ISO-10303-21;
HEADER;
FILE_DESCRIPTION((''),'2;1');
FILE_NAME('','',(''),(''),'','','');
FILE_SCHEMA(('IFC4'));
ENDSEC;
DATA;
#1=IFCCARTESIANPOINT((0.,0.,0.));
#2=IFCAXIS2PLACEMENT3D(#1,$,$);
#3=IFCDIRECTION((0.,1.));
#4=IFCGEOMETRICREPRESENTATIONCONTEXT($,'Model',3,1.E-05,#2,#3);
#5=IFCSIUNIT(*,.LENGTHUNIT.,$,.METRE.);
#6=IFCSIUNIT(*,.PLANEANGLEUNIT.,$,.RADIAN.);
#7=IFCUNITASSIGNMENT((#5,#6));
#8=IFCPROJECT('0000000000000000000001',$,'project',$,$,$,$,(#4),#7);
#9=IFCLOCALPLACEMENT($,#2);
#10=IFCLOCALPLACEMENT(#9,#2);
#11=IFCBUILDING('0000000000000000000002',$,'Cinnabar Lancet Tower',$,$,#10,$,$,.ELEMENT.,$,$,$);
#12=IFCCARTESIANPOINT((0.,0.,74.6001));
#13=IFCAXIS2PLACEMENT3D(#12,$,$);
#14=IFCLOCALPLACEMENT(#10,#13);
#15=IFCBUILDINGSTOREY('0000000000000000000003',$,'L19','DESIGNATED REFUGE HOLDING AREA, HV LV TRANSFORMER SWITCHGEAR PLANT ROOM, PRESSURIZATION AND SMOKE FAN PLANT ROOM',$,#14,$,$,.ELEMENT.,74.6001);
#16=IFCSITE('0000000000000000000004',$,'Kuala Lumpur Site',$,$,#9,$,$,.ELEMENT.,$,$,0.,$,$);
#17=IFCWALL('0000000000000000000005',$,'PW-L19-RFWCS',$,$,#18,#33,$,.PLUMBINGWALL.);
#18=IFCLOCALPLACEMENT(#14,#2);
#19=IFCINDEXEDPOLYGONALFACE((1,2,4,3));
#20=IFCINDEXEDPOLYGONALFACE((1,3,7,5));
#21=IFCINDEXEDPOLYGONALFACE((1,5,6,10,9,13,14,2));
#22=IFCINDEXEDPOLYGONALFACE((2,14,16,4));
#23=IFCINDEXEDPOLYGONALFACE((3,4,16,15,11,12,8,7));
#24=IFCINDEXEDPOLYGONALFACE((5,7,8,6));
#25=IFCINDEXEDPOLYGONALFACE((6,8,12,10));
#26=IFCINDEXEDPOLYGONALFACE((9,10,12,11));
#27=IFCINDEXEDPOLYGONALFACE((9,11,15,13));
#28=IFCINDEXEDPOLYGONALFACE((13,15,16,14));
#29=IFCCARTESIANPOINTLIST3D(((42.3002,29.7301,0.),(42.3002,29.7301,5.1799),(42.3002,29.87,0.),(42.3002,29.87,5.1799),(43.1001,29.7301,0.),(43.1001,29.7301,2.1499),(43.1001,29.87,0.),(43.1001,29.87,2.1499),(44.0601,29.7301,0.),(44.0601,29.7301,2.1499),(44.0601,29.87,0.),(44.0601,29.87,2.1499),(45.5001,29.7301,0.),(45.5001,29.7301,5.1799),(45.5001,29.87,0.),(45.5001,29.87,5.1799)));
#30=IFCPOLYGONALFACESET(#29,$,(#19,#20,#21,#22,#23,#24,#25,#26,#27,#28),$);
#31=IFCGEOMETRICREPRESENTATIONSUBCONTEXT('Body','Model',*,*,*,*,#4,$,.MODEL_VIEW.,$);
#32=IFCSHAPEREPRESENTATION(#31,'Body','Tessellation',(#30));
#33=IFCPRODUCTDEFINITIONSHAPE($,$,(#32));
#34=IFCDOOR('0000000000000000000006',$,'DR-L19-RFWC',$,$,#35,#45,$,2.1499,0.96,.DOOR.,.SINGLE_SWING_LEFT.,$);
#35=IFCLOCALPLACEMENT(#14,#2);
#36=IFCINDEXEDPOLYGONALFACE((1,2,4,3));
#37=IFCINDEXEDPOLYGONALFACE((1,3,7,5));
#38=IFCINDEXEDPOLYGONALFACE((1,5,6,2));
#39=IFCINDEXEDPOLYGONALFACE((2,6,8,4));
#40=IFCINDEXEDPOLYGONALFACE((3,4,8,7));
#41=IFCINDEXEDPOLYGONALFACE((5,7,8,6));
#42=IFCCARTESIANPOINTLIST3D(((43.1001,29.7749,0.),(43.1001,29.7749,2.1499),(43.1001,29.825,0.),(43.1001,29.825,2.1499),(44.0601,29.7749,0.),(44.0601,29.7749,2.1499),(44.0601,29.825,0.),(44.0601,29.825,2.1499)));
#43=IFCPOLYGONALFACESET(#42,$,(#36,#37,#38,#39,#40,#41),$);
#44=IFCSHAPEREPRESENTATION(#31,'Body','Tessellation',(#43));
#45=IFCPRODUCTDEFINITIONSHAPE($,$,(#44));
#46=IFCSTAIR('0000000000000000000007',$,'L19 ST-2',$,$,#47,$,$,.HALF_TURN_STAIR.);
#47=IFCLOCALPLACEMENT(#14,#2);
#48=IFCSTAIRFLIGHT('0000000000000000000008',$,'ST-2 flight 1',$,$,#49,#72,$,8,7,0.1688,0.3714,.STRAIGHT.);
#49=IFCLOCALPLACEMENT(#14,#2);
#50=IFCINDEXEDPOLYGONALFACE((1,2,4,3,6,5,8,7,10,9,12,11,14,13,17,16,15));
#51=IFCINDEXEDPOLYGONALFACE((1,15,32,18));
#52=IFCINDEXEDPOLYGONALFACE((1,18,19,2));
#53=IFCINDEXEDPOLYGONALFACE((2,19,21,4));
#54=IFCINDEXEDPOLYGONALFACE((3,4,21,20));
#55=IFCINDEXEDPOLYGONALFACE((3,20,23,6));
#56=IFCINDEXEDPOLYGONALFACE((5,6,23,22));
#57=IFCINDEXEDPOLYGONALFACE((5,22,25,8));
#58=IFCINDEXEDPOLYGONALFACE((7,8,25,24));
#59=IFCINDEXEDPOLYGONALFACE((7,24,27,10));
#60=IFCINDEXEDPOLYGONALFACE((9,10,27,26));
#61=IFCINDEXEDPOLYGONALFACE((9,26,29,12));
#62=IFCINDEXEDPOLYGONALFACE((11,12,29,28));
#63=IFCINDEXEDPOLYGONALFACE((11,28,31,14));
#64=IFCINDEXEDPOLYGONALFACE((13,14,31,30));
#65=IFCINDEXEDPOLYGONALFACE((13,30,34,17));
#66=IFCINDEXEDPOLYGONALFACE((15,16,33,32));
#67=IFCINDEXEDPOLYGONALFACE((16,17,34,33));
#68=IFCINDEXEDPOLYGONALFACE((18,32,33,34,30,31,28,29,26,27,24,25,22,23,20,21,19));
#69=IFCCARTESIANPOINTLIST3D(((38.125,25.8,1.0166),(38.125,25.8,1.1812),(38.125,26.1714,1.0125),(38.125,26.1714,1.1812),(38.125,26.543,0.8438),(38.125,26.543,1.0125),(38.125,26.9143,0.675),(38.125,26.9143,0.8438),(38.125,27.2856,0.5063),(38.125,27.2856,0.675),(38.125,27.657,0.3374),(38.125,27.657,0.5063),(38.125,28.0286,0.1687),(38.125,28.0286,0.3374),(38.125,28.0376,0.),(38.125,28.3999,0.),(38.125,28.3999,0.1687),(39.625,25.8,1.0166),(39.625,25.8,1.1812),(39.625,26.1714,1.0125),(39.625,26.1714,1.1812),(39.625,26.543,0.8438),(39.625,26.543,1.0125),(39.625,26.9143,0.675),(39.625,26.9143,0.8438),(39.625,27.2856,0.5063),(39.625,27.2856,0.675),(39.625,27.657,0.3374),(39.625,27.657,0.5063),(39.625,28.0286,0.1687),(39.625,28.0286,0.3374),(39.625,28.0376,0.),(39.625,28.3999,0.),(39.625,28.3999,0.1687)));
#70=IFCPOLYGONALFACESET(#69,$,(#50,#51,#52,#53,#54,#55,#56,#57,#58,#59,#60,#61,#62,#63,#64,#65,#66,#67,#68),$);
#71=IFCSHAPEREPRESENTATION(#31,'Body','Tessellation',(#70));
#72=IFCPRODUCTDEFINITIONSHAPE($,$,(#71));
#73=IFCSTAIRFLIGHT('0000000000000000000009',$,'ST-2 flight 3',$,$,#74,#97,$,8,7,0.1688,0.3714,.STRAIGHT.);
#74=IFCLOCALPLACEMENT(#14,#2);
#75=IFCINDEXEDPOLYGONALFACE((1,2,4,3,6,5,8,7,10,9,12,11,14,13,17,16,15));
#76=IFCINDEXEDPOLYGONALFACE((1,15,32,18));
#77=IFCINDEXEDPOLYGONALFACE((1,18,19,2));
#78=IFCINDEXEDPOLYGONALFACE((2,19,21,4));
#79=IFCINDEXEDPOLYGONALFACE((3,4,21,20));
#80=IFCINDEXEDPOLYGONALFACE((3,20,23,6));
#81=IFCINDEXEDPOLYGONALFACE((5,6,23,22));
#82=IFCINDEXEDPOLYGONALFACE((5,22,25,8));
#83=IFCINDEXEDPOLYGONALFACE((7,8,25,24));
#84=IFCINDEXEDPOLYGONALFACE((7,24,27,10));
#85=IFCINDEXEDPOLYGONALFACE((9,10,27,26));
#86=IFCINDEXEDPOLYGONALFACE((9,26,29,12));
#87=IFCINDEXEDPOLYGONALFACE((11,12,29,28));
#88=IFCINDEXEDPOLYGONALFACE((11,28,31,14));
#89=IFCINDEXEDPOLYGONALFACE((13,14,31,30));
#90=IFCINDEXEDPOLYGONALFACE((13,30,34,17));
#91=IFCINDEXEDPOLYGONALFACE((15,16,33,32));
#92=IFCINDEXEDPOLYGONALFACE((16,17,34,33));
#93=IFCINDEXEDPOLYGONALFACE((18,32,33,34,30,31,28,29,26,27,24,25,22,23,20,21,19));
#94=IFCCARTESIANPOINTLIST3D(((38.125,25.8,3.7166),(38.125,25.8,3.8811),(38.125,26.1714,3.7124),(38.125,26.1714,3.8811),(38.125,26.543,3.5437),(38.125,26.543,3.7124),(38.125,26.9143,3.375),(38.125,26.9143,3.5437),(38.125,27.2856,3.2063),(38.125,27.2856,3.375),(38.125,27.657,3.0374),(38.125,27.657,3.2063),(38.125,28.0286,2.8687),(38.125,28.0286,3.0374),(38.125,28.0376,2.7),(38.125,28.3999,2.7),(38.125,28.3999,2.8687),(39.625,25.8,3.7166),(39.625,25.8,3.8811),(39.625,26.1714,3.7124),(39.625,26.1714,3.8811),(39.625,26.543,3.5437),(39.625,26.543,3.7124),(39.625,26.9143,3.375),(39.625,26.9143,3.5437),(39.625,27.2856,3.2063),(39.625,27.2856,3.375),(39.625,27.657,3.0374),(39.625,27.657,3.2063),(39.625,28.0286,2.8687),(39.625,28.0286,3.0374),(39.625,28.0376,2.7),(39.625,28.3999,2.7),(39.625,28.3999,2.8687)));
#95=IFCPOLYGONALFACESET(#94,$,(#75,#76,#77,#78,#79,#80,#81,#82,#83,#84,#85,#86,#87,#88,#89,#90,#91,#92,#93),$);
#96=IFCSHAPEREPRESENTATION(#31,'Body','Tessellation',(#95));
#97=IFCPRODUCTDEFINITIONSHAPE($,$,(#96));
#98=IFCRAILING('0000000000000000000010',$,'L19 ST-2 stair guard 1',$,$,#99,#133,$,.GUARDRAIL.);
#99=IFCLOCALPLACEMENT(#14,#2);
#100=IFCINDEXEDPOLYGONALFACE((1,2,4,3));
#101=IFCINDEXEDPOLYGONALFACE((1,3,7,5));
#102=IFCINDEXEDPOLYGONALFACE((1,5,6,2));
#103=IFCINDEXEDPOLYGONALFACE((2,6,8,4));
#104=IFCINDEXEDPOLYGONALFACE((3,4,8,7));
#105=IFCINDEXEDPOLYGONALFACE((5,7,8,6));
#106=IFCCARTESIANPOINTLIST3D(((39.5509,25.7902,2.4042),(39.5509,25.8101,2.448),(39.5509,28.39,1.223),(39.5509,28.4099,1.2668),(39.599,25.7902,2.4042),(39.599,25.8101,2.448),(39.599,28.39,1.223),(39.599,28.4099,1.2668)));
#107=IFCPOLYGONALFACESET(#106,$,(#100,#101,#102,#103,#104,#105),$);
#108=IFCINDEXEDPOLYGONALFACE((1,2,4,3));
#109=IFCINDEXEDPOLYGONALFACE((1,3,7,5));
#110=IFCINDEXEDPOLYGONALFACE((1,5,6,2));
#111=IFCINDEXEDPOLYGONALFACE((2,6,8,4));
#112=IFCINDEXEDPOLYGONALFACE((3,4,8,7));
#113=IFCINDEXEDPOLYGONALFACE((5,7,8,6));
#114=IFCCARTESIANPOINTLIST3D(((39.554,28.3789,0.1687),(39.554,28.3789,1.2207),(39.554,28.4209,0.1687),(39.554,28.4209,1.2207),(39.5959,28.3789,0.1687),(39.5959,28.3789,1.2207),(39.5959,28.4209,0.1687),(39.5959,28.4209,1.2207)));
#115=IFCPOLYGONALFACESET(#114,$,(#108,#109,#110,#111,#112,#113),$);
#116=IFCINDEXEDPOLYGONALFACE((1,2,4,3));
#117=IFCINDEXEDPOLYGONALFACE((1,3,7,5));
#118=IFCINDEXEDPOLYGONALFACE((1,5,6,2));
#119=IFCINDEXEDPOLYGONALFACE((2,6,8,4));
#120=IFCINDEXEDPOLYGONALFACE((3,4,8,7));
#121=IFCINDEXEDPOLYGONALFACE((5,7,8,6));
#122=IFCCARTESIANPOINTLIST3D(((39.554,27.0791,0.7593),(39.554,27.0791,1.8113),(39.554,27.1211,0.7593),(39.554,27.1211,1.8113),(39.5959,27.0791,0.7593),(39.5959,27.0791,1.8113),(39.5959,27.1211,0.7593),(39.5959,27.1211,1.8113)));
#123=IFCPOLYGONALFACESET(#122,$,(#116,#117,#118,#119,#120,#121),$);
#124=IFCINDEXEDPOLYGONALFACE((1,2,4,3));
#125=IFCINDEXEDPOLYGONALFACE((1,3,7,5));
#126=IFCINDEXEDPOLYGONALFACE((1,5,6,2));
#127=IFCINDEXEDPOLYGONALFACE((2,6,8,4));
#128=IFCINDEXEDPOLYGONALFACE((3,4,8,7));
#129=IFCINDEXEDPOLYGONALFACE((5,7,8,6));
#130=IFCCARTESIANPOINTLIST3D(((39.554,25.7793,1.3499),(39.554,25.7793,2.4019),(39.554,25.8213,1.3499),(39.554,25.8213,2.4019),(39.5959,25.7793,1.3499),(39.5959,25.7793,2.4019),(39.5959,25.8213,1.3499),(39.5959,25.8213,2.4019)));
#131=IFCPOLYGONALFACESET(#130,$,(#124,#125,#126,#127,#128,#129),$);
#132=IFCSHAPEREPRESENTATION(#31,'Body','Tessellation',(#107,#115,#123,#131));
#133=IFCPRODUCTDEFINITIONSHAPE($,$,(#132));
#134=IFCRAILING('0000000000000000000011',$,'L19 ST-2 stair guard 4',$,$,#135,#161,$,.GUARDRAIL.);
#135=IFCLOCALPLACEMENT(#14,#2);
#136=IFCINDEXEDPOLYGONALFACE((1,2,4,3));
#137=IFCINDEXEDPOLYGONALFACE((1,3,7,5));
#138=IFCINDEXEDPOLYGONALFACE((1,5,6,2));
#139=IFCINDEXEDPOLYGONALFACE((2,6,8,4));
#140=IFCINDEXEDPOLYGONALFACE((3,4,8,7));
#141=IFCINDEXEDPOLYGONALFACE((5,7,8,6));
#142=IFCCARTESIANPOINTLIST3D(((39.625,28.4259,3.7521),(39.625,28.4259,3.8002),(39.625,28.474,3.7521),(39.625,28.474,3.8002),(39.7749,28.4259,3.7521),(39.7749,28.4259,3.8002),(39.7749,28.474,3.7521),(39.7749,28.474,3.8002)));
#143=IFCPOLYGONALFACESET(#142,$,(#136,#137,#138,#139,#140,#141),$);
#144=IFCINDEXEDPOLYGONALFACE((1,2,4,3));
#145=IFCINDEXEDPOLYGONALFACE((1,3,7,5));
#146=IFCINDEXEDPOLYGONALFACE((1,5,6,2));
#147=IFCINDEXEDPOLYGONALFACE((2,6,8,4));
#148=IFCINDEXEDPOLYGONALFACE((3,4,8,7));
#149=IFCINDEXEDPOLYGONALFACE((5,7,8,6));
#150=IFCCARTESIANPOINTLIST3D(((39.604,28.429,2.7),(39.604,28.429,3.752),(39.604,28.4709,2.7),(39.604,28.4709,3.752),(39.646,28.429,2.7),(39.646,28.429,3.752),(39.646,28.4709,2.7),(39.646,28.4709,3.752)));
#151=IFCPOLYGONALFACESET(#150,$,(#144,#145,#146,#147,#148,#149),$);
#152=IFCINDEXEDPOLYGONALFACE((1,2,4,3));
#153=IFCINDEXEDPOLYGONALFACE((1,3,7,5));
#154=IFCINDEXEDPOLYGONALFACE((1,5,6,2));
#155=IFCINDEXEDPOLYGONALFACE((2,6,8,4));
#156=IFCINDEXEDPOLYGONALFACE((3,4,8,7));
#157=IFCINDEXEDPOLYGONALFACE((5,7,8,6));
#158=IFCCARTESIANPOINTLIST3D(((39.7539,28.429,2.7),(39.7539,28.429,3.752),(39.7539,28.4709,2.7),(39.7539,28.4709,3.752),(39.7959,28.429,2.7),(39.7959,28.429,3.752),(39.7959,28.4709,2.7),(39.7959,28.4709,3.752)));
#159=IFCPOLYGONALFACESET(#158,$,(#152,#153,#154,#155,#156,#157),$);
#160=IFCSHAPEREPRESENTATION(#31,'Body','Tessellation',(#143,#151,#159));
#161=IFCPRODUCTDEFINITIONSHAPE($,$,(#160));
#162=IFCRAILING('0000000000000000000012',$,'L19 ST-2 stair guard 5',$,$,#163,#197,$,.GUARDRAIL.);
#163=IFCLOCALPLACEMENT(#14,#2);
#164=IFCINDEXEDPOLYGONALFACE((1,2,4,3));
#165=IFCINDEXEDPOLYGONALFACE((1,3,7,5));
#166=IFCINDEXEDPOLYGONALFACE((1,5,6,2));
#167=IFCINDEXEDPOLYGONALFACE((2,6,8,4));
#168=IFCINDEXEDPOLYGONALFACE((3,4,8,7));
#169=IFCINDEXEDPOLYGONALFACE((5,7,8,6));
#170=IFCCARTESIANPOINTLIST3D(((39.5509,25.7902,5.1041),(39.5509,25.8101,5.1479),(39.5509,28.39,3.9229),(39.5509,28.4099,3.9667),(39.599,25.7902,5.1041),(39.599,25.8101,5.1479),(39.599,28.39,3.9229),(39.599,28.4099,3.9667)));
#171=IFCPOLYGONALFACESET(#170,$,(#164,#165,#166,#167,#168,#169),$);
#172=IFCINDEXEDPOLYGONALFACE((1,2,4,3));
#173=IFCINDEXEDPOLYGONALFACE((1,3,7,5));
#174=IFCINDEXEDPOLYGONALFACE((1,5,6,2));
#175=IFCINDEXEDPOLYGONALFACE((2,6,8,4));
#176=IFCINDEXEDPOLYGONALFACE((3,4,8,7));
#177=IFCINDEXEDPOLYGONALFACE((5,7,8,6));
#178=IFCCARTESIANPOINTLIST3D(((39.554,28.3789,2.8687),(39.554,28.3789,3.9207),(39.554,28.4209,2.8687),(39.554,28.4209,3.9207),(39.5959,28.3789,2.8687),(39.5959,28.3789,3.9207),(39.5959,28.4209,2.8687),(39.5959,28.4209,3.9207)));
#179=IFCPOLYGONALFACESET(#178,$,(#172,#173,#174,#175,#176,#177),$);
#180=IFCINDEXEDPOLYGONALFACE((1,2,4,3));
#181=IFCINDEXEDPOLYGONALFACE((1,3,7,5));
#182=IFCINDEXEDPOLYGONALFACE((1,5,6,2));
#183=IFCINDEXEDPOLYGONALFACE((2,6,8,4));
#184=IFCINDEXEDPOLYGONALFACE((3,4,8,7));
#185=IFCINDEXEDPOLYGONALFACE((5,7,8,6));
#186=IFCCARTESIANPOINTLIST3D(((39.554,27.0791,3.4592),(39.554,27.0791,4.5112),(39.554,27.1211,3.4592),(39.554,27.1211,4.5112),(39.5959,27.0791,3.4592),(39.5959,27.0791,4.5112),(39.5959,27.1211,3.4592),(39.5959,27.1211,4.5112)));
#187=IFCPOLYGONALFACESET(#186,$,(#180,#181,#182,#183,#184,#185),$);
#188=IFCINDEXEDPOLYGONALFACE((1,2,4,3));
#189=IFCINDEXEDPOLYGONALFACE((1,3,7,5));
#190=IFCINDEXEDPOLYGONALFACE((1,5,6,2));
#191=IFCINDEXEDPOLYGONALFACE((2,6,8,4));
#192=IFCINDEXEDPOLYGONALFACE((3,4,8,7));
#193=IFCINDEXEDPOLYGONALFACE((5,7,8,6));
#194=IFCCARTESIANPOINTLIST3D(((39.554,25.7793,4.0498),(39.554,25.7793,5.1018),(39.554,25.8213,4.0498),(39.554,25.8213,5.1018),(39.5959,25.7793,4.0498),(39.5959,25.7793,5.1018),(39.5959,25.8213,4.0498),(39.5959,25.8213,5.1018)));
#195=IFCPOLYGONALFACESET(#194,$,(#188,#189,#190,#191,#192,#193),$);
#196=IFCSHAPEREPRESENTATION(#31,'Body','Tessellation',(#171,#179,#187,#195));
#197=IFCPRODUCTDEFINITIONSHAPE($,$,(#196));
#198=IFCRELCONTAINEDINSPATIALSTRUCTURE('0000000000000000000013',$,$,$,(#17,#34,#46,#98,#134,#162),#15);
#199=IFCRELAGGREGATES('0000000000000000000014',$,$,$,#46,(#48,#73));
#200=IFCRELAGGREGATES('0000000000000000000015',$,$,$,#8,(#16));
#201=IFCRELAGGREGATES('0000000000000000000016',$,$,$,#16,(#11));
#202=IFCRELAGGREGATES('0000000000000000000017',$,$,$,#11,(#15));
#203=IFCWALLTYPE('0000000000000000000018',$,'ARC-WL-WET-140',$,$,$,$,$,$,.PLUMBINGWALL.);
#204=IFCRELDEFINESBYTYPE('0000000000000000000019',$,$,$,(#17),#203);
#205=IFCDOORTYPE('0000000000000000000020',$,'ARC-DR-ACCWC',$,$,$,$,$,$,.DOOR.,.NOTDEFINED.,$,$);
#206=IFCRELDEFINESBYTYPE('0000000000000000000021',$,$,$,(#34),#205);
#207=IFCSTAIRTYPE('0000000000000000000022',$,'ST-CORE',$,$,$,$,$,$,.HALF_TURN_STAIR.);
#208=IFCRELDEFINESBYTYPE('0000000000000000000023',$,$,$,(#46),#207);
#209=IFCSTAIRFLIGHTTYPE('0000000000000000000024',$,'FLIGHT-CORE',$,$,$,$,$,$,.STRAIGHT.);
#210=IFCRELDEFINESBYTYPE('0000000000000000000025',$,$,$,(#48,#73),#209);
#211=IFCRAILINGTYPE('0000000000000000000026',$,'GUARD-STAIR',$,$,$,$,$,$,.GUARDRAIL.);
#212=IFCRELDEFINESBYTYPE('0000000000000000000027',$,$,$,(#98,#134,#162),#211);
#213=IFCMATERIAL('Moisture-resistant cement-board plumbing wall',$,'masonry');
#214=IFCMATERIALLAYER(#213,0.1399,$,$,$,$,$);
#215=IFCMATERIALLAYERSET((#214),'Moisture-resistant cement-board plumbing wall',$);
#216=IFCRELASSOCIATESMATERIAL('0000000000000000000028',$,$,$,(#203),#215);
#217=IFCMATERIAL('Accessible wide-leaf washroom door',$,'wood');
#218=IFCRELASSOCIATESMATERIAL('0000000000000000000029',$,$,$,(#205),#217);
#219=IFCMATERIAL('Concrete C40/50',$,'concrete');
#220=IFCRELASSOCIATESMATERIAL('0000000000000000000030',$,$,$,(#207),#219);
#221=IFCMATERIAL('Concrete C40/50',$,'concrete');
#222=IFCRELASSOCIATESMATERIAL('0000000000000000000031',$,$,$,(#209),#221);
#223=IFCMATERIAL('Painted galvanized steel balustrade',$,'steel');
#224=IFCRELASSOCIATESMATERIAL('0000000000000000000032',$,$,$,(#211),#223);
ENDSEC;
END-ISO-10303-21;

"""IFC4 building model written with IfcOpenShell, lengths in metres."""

from ifc_helpers import new_model, si_unit, direction, frame, frame_2d, origin, origin_2d, place, context, subcontext, project, spatial, polyline, rectangle, outline, extrude, material, layer, layer_set, type_object, element, fill, aggregate, save


model = new_model("IFC4")

# Units and contexts
model_context = context("Model", 3, precision=1e-05, world=origin(), true_north=direction((0.0, 1.0)))
body_context = subcontext(model_context, "Body", "Model", "MODEL_VIEW")
ifc_project = project(units=[si_unit("LENGTHUNIT", "METRE"), si_unit("PLANEANGLEUNIT", "RADIAN")], contexts=[model_context])

# Site, building, storey
site_placement = place(None, origin())
site = spatial("IfcSite", under=ifc_project, at=site_placement, Name="Kuala Lumpur Site", CompositionType="ELEMENT", RefElevation=0.0)
building_placement = place(site_placement, origin())
building = spatial("IfcBuilding", under=site, at=building_placement, Name="Cinnabar Lancet Tower", CompositionType="ELEMENT")
storey_placement = place(building_placement, frame((0.0, 0.0, 74.6001)))
storey = spatial("IfcBuildingStorey", under=building, at=storey_placement, Name="L19", Description="DESIGNATED REFUGE HOLDING AREA, HV LV TRANSFORMER SWITCHGEAR PLANT ROOM, PRESSURIZATION AND SMOKE FAN PLANT ROOM", CompositionType="ELEMENT", Elevation=74.6001)

# Wall, opening, door
ifc_material_1 = material(Name="Moisture-resistant cement-board plumbing wall", Category="masonry")
ifc_layer_1 = layer(ifc_material_1, 0.1399)
ifc_layer_set_1 = layer_set([ifc_layer_1], Name="Moisture-resistant cement-board plumbing wall")
wall_type_1 = type_object("IfcWallType", Name="ARC-WL-WET-140", PredefinedType="PLUMBINGWALL", material=ifc_layer_set_1)
wall_1_placement = place(storey_placement, frame((42.3, 29.8, 0.0), z_axis=(0.0, 0.0, 1.0), x_axis=(1.0, 0.0, 0.0)))
wall_1 = element("IfcWall", 1, at=wall_1_placement, inside=storey, type_object=wall_type_1, Name="PW-L19-RFWCS", PredefinedType="PLUMBINGWALL", context=body_context, shape_type="SweptSolid", body=[
    extrude(rectangle(XDim=3.2, YDim=0.1399, at=frame_2d((1.6001, 0.0))), origin(), (0.0, 0.0, 1.0), 5.1799),
])
opening_1_placement = place(wall_1_placement, frame((0.8, 0.0, 0.0)))
opening_1 = element("IfcOpeningElement", 2, at=opening_1_placement, cuts=wall_1, PredefinedType="OPENING", context=body_context, shape_type="SweptSolid", body=[
    extrude(rectangle(XDim=0.96, YDim=2.1499, at=frame_2d((0.48, 1.075))), frame((0.0, 0.0798, 0.0), z_axis=(0.0, -1.0, 0.0), x_axis=(1.0, 0.0, 0.0)), (0.0, 0.0, 1.0), 0.1599),
])
ifc_material_2 = material(Name="Accessible wide-leaf washroom door", Category="wood")
door_type_1 = type_object("IfcDoorType", Name="ARC-DR-ACCWC", OperationType="NOTDEFINED", PredefinedType="DOOR", material=ifc_material_2)
door_1_placement = place(opening_1_placement, origin())
door_1 = element("IfcDoor", 3, at=door_1_placement, inside=storey, type_object=door_type_1, Name="DR-L19-RFWC", OperationType="SINGLE_SWING_LEFT", OverallHeight=2.1499, OverallWidth=0.96, PredefinedType="DOOR", context=body_context, shape_type="SweptSolid", body=[
    extrude(rectangle(XDim=0.96, YDim=2.1499, at=frame_2d((0.48, 1.075))), frame((0.0, 0.0249, 0.0), z_axis=(0.0, -1.0, 0.0), x_axis=(1.0, 0.0, 0.0)), (0.0, 0.0, 1.0), 0.05),
])
fill(opening_1, door_1)

# Stair, stair flights
ifc_material_3 = material(Name="Concrete C40/50", Category="concrete")
stair_type = type_object("IfcStairType", Name="ST-CORE", PredefinedType="HALF_TURN_STAIR", material=ifc_material_3)
stair_placement = place(storey_placement, origin())
stair = element("IfcStair", 4, at=stair_placement, inside=storey, type_object=stair_type, Name="L19 ST-2", PredefinedType="HALF_TURN_STAIR")
ifc_material_4 = material(Name="Concrete C40/50", Category="concrete")
stair_flight_type = type_object("IfcStairFlightType", Name="FLIGHT-CORE", PredefinedType="STRAIGHT", material=ifc_material_4)
stair_flight_1_placement = place(storey_placement, frame((38.875, 28.3999, 0.0), z_axis=(0.0, 0.0, 1.0), x_axis=(0.0, -1.0, 0.0)))
stair_flight_1 = element("IfcStairFlight", 5, at=stair_flight_1_placement, type_object=stair_flight_type, Name="ST-2 flight 1", NumberOfRisers=8, NumberOfTreads=7, PredefinedType="STRAIGHT", RiserHeight=0.1688, TreadLength=0.3714, context=body_context, shape_type="SweptSolid", body=[
    extrude(outline(polyline([(0.0, 0.0), (0.0, 0.1687), (0.3713, 0.1687), (0.3713, 0.3374), (0.7429, 0.3374), (0.7429, 0.5063), (1.1143, 0.5063), (1.1143, 0.675), (1.4856, 0.675), (1.4856, 0.8438), (1.8569, 0.8438), (1.8569, 1.0125), (2.2285, 1.0125), (2.2285, 1.1812), (2.5999, 1.1812), (2.5999, 1.3501), (2.5999, 1.0166), (0.3623, 0.0), (0.0, 0.0)])), frame((0.0, 0.75, 0.0), z_axis=(0.0, -1.0, 0.0), x_axis=(1.0, 0.0, 0.0)), (0.0, 0.0, 1.0), 1.5),
])
stair_flight_2_placement = place(storey_placement, frame((38.875, 28.3999, 2.7), z_axis=(0.0, 0.0, 1.0), x_axis=(0.0, -1.0, 0.0)))
stair_flight_2 = element("IfcStairFlight", 6, at=stair_flight_2_placement, type_object=stair_flight_type, Name="ST-2 flight 3", NumberOfRisers=8, NumberOfTreads=7, PredefinedType="STRAIGHT", RiserHeight=0.1688, TreadLength=0.3714, context=body_context, shape_type="SweptSolid", body=[
    extrude(outline(polyline([(0.0, 0.0), (0.0, 0.1687), (0.3713, 0.1687), (0.3713, 0.3374), (0.7429, 0.3374), (0.7429, 0.5063), (1.1143, 0.5063), (1.1143, 0.675), (1.4856, 0.675), (1.4856, 0.8438), (1.8569, 0.8438), (1.8569, 1.0125), (2.2285, 1.0125), (2.2285, 1.1812), (2.5999, 1.1812), (2.5999, 1.3501), (2.5999, 1.0166), (0.3623, 0.0), (0.0, 0.0)])), frame((0.0, 0.75, 0.0), z_axis=(0.0, -1.0, 0.0), x_axis=(1.0, 0.0, 0.0)), (0.0, 0.0, 1.0), 1.5),
])
aggregate(stair, [stair_flight_1, stair_flight_2])

# Railings
ifc_material_5 = material(Name="Painted galvanized steel balustrade", Category="steel")
railing_type_1 = type_object("IfcRailingType", Name="GUARD-STAIR", PredefinedType="GUARDRAIL", material=ifc_material_5)
railing_1_placement = place(storey_placement, frame((39.575, 28.3999, 0.1687)))
element("IfcRailing", 7, at=railing_1_placement, inside=storey, type_object=railing_type_1, Name="L19 ST-2 stair guard 1", PredefinedType="GUARDRAIL", context=body_context, shape_type="SweptSolid", body=[
    extrude(rectangle(XDim=0.0481, YDim=0.0481, at=origin_2d()), frame((0.0, 0.0, 1.0762), z_axis=(0.0, -0.910431, 0.413661), x_axis=(1.0, 0.0, 0.0)), (0.0, 0.0, 1.0), 2.8555),
    extrude(rectangle(XDim=0.042, YDim=0.042, at=origin_2d()), origin(), (0.0, 0.0, 1.0), 1.052),
    extrude(rectangle(XDim=0.042, YDim=0.042, at=origin_2d()), frame((0.0, -1.2998, 0.5906)), (0.0, 0.0, 1.0), 1.052),
    extrude(rectangle(XDim=0.042, YDim=0.042, at=origin_2d()), frame((0.0, -2.5996, 1.1812)), (0.0, 0.0, 1.0), 1.052),
])
railing_2_placement = place(storey_placement, frame((39.625, 28.45, 2.7)))
element("IfcRailing", 8, at=railing_2_placement, inside=storey, type_object=railing_type_1, Name="L19 ST-2 stair guard 4", PredefinedType="GUARDRAIL", context=body_context, shape_type="SweptSolid", body=[
    extrude(rectangle(XDim=0.0481, YDim=0.0481, at=origin_2d()), frame((0.0, 0.0, 1.0762), z_axis=(1.0, 0.0, 0.0), x_axis=(0.0, 1.0, 0.0)), (0.0, 0.0, 1.0), 0.1499),
    extrude(rectangle(XDim=0.042, YDim=0.042, at=origin_2d()), origin(), (0.0, 0.0, 1.0), 1.052),
    extrude(rectangle(XDim=0.042, YDim=0.042, at=origin_2d()), frame((0.1499, 0.0, 0.0)), (0.0, 0.0, 1.0), 1.052),
])
railing_3_placement = place(storey_placement, frame((39.575, 28.3999, 2.8687)))
element("IfcRailing", 9, at=railing_3_placement, inside=storey, type_object=railing_type_1, Name="L19 ST-2 stair guard 5", PredefinedType="GUARDRAIL", context=body_context, shape_type="SweptSolid", body=[
    extrude(rectangle(XDim=0.0481, YDim=0.0481, at=origin_2d()), frame((0.0, 0.0, 1.0762), z_axis=(0.0, -0.910431, 0.413661), x_axis=(1.0, 0.0, 0.0)), (0.0, 0.0, 1.0), 2.8555),
    extrude(rectangle(XDim=0.042, YDim=0.042, at=origin_2d()), origin(), (0.0, 0.0, 1.0), 1.052),
    extrude(rectangle(XDim=0.042, YDim=0.042, at=origin_2d()), frame((0.0, -1.2998, 0.5906)), (0.0, 0.0, 1.0), 1.052),
    extrude(rectangle(XDim=0.042, YDim=0.042, at=origin_2d()), frame((0.0, -2.5996, 1.1812)), (0.0, 0.0, 1.0), 1.052),
])

save(model, "model.ifc")
